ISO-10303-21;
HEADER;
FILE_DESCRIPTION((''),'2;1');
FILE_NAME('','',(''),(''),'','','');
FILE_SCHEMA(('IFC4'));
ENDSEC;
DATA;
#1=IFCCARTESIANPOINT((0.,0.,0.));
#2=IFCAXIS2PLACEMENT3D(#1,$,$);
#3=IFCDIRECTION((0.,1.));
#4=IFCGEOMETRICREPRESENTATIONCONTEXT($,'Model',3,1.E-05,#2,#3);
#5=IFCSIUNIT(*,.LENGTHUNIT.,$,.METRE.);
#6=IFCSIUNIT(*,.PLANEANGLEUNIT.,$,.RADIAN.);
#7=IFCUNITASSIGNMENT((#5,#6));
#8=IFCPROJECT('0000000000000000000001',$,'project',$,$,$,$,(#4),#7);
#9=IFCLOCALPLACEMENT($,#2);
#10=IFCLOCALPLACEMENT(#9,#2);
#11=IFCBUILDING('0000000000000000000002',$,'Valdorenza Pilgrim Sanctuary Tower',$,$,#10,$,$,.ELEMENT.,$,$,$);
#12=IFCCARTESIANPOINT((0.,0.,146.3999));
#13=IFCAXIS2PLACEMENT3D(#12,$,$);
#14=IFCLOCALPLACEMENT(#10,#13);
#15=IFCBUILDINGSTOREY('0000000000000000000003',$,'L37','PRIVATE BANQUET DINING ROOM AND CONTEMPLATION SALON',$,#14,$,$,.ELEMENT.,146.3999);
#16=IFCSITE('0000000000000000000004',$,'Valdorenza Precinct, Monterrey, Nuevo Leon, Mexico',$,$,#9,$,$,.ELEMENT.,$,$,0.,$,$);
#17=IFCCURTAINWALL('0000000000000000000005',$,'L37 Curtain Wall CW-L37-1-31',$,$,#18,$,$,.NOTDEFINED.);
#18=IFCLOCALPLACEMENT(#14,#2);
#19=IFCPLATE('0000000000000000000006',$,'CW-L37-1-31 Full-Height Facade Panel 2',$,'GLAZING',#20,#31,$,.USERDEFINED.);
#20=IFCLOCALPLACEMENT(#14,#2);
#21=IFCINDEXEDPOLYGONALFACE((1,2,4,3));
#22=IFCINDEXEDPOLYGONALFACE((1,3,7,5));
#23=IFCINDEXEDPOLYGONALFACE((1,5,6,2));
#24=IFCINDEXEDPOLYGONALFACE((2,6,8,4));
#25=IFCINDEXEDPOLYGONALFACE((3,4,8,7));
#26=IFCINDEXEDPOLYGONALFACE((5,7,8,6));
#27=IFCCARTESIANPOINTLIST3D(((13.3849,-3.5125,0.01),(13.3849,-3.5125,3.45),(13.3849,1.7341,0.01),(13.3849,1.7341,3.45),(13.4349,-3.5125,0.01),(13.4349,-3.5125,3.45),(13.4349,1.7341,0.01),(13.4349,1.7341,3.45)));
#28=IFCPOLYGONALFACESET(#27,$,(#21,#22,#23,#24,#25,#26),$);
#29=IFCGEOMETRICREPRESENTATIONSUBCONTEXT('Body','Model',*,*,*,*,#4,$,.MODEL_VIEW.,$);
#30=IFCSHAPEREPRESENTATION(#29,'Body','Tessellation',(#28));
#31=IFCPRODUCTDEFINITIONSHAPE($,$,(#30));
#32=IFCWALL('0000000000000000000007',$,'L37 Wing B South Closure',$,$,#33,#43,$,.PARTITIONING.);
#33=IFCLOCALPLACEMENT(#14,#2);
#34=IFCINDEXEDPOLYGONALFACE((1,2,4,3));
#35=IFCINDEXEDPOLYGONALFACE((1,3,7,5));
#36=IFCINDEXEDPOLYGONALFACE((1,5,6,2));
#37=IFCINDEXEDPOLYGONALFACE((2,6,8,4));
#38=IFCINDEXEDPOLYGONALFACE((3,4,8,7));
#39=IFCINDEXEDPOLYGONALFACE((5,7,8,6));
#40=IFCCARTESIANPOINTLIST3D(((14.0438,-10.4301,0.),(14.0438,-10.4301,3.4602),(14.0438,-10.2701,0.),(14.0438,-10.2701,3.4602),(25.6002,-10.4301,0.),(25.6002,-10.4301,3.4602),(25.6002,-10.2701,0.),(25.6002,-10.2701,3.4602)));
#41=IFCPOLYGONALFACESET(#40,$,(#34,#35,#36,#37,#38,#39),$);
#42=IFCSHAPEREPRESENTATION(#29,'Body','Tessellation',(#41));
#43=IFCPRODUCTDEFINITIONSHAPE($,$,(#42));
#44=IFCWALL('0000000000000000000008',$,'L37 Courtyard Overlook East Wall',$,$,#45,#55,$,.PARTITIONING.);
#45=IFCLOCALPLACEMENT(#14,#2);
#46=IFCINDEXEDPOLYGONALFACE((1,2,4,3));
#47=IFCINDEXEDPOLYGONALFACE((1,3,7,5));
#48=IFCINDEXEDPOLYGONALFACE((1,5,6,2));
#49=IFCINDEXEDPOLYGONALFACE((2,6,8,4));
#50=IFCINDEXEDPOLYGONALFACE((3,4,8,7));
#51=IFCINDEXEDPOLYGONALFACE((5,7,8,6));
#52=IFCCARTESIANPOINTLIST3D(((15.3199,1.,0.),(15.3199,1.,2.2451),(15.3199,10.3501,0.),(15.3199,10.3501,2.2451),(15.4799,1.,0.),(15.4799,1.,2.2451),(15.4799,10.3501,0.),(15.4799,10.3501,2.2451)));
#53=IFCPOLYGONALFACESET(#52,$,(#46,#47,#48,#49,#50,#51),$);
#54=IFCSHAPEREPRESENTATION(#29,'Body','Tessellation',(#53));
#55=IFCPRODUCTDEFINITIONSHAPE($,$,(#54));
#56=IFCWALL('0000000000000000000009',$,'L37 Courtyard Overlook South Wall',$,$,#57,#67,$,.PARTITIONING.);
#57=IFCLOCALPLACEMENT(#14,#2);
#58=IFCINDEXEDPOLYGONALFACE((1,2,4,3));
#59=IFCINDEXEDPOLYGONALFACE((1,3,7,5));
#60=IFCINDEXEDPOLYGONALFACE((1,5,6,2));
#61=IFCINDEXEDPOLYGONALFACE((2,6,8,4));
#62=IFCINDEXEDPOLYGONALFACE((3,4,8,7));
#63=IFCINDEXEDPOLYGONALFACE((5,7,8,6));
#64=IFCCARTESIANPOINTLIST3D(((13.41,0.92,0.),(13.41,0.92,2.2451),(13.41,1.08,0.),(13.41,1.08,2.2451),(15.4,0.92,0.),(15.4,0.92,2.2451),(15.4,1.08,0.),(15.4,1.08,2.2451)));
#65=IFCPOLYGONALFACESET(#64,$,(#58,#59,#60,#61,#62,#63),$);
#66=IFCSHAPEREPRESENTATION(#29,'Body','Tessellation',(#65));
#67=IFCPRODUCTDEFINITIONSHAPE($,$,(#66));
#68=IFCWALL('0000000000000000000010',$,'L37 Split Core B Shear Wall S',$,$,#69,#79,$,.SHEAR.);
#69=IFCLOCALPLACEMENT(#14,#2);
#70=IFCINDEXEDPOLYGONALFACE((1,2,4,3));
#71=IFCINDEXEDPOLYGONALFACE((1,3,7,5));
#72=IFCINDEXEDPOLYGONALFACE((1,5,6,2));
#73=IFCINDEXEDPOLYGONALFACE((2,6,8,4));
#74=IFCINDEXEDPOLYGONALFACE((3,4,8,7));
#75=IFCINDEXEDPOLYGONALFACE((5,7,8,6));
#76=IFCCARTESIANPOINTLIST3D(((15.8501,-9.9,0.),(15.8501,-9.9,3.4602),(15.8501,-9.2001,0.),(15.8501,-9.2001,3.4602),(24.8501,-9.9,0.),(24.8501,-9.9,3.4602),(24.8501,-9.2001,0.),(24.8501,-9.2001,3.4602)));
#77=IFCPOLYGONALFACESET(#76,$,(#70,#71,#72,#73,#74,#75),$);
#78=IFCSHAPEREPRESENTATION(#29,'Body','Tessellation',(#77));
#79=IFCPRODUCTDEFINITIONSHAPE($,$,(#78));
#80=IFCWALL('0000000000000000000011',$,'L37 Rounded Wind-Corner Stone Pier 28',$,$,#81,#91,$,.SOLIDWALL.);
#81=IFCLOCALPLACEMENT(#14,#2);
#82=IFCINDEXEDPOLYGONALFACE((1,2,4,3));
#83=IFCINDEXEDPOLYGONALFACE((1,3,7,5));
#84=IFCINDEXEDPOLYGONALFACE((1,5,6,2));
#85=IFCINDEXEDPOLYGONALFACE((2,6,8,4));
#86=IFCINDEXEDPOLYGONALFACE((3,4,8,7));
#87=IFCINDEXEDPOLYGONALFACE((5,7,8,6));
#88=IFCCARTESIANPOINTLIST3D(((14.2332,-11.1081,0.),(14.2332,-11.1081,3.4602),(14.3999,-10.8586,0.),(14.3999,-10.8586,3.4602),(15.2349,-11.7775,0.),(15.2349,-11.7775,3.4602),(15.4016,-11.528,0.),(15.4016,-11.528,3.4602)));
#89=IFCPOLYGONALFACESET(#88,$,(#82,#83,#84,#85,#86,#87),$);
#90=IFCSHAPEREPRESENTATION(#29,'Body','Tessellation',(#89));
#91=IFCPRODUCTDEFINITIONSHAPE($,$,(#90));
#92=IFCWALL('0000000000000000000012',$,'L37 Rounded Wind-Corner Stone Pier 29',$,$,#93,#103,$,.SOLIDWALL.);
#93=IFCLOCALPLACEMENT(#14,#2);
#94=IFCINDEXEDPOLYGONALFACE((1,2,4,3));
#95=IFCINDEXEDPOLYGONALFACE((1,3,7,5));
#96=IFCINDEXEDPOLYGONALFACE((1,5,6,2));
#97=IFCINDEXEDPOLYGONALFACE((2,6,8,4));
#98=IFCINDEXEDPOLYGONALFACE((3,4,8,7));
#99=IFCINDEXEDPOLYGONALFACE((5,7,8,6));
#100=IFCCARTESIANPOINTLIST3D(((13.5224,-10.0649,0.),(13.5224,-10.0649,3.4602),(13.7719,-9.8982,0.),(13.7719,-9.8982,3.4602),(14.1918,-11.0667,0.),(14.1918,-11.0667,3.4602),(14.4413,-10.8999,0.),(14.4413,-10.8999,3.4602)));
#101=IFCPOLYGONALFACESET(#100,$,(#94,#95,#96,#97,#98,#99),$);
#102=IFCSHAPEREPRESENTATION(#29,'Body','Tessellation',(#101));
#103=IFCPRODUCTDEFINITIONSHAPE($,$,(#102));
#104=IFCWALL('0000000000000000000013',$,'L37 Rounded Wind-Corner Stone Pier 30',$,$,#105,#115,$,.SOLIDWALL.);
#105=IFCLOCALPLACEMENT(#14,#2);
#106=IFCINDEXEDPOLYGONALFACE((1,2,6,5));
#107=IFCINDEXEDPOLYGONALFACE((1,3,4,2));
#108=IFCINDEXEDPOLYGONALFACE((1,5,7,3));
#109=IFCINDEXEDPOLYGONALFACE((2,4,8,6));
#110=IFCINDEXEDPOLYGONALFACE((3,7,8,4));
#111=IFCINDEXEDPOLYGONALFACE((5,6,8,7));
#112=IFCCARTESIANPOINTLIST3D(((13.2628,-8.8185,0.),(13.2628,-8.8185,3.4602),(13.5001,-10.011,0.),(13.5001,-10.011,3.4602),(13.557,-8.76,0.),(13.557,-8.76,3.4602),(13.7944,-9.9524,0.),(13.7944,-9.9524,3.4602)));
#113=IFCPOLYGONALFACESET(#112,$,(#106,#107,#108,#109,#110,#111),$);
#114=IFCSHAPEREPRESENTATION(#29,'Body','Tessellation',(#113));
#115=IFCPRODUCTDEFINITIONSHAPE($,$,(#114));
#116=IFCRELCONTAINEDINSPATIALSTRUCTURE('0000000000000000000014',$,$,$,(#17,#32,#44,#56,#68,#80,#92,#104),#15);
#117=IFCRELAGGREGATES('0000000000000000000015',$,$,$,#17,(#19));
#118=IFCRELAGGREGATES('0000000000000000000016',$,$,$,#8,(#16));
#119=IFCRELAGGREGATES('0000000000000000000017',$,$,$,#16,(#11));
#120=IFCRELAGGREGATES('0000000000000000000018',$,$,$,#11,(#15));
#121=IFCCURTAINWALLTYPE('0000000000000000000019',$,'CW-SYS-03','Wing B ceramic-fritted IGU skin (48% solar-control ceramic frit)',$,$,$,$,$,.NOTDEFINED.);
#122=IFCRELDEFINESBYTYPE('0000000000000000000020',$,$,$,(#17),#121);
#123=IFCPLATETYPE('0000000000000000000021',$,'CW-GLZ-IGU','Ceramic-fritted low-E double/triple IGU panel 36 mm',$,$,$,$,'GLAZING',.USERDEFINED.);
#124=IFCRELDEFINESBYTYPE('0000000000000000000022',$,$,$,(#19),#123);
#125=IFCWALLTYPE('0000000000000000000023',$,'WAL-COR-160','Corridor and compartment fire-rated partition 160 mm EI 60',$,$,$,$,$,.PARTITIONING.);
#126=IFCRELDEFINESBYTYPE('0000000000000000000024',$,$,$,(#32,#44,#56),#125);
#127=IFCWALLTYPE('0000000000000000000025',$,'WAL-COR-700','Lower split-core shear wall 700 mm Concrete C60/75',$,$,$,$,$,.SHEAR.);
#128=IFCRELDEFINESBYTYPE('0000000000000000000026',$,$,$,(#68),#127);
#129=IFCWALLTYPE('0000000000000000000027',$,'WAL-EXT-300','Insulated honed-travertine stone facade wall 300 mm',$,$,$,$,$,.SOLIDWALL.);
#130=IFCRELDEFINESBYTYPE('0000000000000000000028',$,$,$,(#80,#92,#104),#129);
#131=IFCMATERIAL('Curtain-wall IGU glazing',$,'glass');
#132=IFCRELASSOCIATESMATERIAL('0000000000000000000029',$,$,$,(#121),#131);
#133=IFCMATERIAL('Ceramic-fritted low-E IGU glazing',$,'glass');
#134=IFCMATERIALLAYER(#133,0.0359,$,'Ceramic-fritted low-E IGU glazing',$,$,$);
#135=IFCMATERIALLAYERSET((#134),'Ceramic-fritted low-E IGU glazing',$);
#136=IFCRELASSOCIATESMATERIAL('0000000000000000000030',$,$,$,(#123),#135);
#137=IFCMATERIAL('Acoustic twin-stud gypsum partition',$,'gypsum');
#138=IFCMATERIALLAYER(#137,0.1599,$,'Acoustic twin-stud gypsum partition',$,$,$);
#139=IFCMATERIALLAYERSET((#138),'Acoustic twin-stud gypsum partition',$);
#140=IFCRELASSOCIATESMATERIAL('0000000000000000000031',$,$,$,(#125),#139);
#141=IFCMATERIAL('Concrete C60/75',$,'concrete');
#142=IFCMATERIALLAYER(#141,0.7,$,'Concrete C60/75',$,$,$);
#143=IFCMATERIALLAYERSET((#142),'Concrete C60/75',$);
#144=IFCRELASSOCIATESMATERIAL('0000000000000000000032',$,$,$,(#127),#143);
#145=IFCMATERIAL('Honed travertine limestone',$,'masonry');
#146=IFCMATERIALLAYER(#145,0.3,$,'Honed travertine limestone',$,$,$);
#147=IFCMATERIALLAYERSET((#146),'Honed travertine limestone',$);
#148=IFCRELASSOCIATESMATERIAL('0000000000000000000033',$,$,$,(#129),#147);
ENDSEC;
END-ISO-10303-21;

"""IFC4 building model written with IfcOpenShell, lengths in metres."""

from ifc_helpers import new_model, si_unit, direction, frame, frame_2d, origin, origin_2d, place, context, subcontext, project, spatial, rectangle, extrude, source, transform, mapped, material, layer, layer_set, type_object, element, aggregate, save


model = new_model("IFC4")

# Units and contexts
model_context = context("Model", 3, precision=1e-05, world=origin(), true_north=direction((0.0, 1.0)))
body_context = subcontext(model_context, "Body", "Model", "MODEL_VIEW")
ifc_project = project(units=[si_unit("LENGTHUNIT", "METRE"), si_unit("PLANEANGLEUNIT", "RADIAN")], contexts=[model_context])

# Site, building, storey
site_placement = place(None, origin())
site = spatial("IfcSite", under=ifc_project, at=site_placement, Name="Valdorenza Precinct, Monterrey, Nuevo Leon, Mexico", CompositionType="ELEMENT", RefElevation=0.0)
building_placement = place(site_placement, origin())
building = spatial("IfcBuilding", under=site, at=building_placement, Name="Valdorenza Pilgrim Sanctuary Tower", CompositionType="ELEMENT")
storey_placement = place(building_placement, frame((0.0, 0.0, 146.3999)))
storey = spatial("IfcBuildingStorey", under=building, at=storey_placement, Name="L37", Description="PRIVATE BANQUET DINING ROOM AND CONTEMPLATION SALON", CompositionType="ELEMENT", Elevation=146.3999)

# Shared definitions
ifc_material_1 = material(Name="Concrete C60/75", Category="concrete")

# Curtain wall, plate
ifc_material_2 = material(Name="Curtain-wall IGU glazing", Category="glass")
curtain_wall_type = type_object("IfcCurtainWallType", Name="CW-SYS-03", Description="Wing B ceramic-fritted IGU skin (48% solar-control ceramic frit)", PredefinedType="NOTDEFINED", material=ifc_material_2)
curtain_wall_placement = place(storey_placement, origin())
curtain_wall = element("IfcCurtainWall", 1, at=curtain_wall_placement, inside=storey, type_object=curtain_wall_type, Name="L37 Curtain Wall CW-L37-1-31", PredefinedType="NOTDEFINED")
ifc_material_3 = material(Name="Honed travertine limestone", Category="masonry")
ifc_material_4 = material(Name="Ceramic-fritted low-E IGU glazing", Category="glass")
ifc_layer_1 = layer(ifc_material_4, 0.0359, Name="Ceramic-fritted low-E IGU glazing")
ifc_layer_set_1 = layer_set([ifc_layer_1], Name="Ceramic-fritted low-E IGU glazing")
plate_type_1 = type_object("IfcPlateType", Name="CW-GLZ-IGU", Description="Ceramic-fritted low-E double/triple IGU panel 36 mm", ElementType="GLAZING", PredefinedType="USERDEFINED", material=ifc_layer_set_1)
shared_shape_1 = source(origin(), body_context, "Body", "SweptSolid", [
    extrude(rectangle(XDim=5.2466, YDim=0.05, at=origin_2d()), origin(), (0.0, 0.0, 1.0), 3.4399),
])
plate_1_placement = place(storey_placement, frame((13.4099, -0.8892, 0.01), z_axis=(0.0, 0.0, 1.0), x_axis=(0.0, 1.0, 0.0)))
plate_1 = element("IfcPlate", 2, at=plate_1_placement, type_object=plate_type_1, Name="CW-L37-1-31 Full-Height Facade Panel 2", ObjectType="GLAZING", PredefinedType="USERDEFINED", context=body_context, shape_type="MappedRepresentation", body=[
    mapped(shared_shape_1, transform((0.0, 0.0, 0.0), x_axis=(1.0, 0.0, 0.0), y_axis=(0.0, 1.0, 0.0), z_axis=(0.0, 0.0, 1.0), scale=1.0)),
])
aggregate(curtain_wall, [plate_1])

# Walls
ifc_material_5 = material(Name="Acoustic twin-stud gypsum partition", Category="gypsum")
ifc_layer_2 = layer(ifc_material_5, 0.1599, Name="Acoustic twin-stud gypsum partition")
ifc_layer_set_2 = layer_set([ifc_layer_2], Name="Acoustic twin-stud gypsum partition")
wall_type_1 = type_object("IfcWallType", Name="WAL-COR-160", Description="Corridor and compartment fire-rated partition 160 mm EI 60", PredefinedType="PARTITIONING", material=ifc_layer_set_2)
wall_1_placement = place(storey_placement, frame((14.0437, -10.3501, 0.0), z_axis=(0.0, 0.0, 1.0), x_axis=(1.0, 0.0, 0.0)))
element("IfcWall", 3, at=wall_1_placement, inside=storey, type_object=wall_type_1, Name="L37 Wing B South Closure", PredefinedType="PARTITIONING", context=body_context, shape_type="SweptSolid", body=[
    extrude(rectangle(XDim=11.5564, YDim=0.1599, at=frame_2d((5.7783, 0.0))), origin(), (0.0, 0.0, 1.0), 3.4602),
])
wall_2_placement = place(storey_placement, frame((15.3999, 1.0, 0.0), z_axis=(0.0, 0.0, 1.0), x_axis=(0.0, 1.0, 0.0)))
element("IfcWall", 4, at=wall_2_placement, inside=storey, type_object=wall_type_1, Name="L37 Courtyard Overlook East Wall", PredefinedType="PARTITIONING", context=body_context, shape_type="SweptSolid", body=[
    extrude(rectangle(XDim=9.3501, YDim=0.1599, at=frame_2d((4.675, 0.0))), origin(), (0.0, 0.0, 1.0), 2.2451),
])
wall_3_placement = place(storey_placement, frame((13.4099, 1.0, 0.0), z_axis=(0.0, 0.0, 1.0), x_axis=(1.0, 0.0, 0.0)))
element("IfcWall", 5, at=wall_3_placement, inside=storey, type_object=wall_type_1, Name="L37 Courtyard Overlook South Wall", PredefinedType="PARTITIONING", context=body_context, shape_type="SweptSolid", body=[
    extrude(rectangle(XDim=1.99, YDim=0.1599, at=frame_2d((0.9951, 0.0))), origin(), (0.0, 0.0, 1.0), 2.2451),
])
ifc_layer_3 = layer(ifc_material_1, 0.7, Name="Concrete C60/75")
ifc_layer_set_3 = layer_set([ifc_layer_3], Name="Concrete C60/75")
wall_type_2 = type_object("IfcWallType", Name="WAL-COR-700", Description="Lower split-core shear wall 700 mm Concrete C60/75", PredefinedType="SHEAR", material=ifc_layer_set_3)
wall_4_placement = place(storey_placement, frame((15.8501, -9.55, 0.0), z_axis=(0.0, 0.0, 1.0), x_axis=(1.0, 0.0, 0.0)))
element("IfcWall", 6, at=wall_4_placement, inside=storey, type_object=wall_type_2, Name="L37 Split Core B Shear Wall S", PredefinedType="SHEAR", context=body_context, shape_type="SweptSolid", body=[
    extrude(rectangle(XDim=9.0, YDim=0.7, at=frame_2d((4.5, 0.0))), origin(), (0.0, 0.0, 1.0), 3.4602),
])
ifc_layer_4 = layer(ifc_material_3, 0.3, Name="Honed travertine limestone")
ifc_layer_set_4 = layer_set([ifc_layer_4], Name="Honed travertine limestone")
wall_type_3 = type_object("IfcWallType", Name="WAL-EXT-300", Description="Insulated honed-travertine stone facade wall 300 mm", PredefinedType="SOLIDWALL", material=ifc_layer_set_4)
for number, where, z_axis, x_axis, name in (
    (7, (15.3184, -11.6528, 0.0), (0.0, 0.0, 1.0), (-0.831426, 0.555635, 0.0), "L37 Rounded Wind-Corner Stone Pier 28"),
    (8, (14.3167, -10.9834, 0.0), (0.0, 0.0, 1.0), (-0.555635, 0.831426, 0.0), "L37 Rounded Wind-Corner Stone Pier 29"),
):
    element("IfcWall", number, at=place(storey_placement, frame(where, z_axis=z_axis, x_axis=x_axis)), inside=storey, type_object=wall_type_3, Name=name, PredefinedType="SOLIDWALL", context=body_context, shape_type="SweptSolid", body=[
        extrude(rectangle(XDim=1.2048, YDim=0.3, at=frame_2d((0.6025, 0.0))), origin(), (0.0, 0.0, 1.0), 3.4602),
    ])
wall_5_placement = place(storey_placement, frame((13.6472, -9.9817, 0.0), z_axis=(0.0, 0.0, 1.0), x_axis=(-0.195189, 0.980766, 0.0)))
element("IfcWall", 9, at=wall_5_placement, inside=storey, type_object=wall_type_3, Name="L37 Rounded Wind-Corner Stone Pier 30", PredefinedType="SOLIDWALL", context=body_context, shape_type="SweptSolid", body=[
    extrude(rectangle(XDim=1.2158, YDim=0.3, at=frame_2d((0.6079, 0.0))), origin(), (0.0, 0.0, 1.0), 3.4602),
])

save(model, "model.ifc")
